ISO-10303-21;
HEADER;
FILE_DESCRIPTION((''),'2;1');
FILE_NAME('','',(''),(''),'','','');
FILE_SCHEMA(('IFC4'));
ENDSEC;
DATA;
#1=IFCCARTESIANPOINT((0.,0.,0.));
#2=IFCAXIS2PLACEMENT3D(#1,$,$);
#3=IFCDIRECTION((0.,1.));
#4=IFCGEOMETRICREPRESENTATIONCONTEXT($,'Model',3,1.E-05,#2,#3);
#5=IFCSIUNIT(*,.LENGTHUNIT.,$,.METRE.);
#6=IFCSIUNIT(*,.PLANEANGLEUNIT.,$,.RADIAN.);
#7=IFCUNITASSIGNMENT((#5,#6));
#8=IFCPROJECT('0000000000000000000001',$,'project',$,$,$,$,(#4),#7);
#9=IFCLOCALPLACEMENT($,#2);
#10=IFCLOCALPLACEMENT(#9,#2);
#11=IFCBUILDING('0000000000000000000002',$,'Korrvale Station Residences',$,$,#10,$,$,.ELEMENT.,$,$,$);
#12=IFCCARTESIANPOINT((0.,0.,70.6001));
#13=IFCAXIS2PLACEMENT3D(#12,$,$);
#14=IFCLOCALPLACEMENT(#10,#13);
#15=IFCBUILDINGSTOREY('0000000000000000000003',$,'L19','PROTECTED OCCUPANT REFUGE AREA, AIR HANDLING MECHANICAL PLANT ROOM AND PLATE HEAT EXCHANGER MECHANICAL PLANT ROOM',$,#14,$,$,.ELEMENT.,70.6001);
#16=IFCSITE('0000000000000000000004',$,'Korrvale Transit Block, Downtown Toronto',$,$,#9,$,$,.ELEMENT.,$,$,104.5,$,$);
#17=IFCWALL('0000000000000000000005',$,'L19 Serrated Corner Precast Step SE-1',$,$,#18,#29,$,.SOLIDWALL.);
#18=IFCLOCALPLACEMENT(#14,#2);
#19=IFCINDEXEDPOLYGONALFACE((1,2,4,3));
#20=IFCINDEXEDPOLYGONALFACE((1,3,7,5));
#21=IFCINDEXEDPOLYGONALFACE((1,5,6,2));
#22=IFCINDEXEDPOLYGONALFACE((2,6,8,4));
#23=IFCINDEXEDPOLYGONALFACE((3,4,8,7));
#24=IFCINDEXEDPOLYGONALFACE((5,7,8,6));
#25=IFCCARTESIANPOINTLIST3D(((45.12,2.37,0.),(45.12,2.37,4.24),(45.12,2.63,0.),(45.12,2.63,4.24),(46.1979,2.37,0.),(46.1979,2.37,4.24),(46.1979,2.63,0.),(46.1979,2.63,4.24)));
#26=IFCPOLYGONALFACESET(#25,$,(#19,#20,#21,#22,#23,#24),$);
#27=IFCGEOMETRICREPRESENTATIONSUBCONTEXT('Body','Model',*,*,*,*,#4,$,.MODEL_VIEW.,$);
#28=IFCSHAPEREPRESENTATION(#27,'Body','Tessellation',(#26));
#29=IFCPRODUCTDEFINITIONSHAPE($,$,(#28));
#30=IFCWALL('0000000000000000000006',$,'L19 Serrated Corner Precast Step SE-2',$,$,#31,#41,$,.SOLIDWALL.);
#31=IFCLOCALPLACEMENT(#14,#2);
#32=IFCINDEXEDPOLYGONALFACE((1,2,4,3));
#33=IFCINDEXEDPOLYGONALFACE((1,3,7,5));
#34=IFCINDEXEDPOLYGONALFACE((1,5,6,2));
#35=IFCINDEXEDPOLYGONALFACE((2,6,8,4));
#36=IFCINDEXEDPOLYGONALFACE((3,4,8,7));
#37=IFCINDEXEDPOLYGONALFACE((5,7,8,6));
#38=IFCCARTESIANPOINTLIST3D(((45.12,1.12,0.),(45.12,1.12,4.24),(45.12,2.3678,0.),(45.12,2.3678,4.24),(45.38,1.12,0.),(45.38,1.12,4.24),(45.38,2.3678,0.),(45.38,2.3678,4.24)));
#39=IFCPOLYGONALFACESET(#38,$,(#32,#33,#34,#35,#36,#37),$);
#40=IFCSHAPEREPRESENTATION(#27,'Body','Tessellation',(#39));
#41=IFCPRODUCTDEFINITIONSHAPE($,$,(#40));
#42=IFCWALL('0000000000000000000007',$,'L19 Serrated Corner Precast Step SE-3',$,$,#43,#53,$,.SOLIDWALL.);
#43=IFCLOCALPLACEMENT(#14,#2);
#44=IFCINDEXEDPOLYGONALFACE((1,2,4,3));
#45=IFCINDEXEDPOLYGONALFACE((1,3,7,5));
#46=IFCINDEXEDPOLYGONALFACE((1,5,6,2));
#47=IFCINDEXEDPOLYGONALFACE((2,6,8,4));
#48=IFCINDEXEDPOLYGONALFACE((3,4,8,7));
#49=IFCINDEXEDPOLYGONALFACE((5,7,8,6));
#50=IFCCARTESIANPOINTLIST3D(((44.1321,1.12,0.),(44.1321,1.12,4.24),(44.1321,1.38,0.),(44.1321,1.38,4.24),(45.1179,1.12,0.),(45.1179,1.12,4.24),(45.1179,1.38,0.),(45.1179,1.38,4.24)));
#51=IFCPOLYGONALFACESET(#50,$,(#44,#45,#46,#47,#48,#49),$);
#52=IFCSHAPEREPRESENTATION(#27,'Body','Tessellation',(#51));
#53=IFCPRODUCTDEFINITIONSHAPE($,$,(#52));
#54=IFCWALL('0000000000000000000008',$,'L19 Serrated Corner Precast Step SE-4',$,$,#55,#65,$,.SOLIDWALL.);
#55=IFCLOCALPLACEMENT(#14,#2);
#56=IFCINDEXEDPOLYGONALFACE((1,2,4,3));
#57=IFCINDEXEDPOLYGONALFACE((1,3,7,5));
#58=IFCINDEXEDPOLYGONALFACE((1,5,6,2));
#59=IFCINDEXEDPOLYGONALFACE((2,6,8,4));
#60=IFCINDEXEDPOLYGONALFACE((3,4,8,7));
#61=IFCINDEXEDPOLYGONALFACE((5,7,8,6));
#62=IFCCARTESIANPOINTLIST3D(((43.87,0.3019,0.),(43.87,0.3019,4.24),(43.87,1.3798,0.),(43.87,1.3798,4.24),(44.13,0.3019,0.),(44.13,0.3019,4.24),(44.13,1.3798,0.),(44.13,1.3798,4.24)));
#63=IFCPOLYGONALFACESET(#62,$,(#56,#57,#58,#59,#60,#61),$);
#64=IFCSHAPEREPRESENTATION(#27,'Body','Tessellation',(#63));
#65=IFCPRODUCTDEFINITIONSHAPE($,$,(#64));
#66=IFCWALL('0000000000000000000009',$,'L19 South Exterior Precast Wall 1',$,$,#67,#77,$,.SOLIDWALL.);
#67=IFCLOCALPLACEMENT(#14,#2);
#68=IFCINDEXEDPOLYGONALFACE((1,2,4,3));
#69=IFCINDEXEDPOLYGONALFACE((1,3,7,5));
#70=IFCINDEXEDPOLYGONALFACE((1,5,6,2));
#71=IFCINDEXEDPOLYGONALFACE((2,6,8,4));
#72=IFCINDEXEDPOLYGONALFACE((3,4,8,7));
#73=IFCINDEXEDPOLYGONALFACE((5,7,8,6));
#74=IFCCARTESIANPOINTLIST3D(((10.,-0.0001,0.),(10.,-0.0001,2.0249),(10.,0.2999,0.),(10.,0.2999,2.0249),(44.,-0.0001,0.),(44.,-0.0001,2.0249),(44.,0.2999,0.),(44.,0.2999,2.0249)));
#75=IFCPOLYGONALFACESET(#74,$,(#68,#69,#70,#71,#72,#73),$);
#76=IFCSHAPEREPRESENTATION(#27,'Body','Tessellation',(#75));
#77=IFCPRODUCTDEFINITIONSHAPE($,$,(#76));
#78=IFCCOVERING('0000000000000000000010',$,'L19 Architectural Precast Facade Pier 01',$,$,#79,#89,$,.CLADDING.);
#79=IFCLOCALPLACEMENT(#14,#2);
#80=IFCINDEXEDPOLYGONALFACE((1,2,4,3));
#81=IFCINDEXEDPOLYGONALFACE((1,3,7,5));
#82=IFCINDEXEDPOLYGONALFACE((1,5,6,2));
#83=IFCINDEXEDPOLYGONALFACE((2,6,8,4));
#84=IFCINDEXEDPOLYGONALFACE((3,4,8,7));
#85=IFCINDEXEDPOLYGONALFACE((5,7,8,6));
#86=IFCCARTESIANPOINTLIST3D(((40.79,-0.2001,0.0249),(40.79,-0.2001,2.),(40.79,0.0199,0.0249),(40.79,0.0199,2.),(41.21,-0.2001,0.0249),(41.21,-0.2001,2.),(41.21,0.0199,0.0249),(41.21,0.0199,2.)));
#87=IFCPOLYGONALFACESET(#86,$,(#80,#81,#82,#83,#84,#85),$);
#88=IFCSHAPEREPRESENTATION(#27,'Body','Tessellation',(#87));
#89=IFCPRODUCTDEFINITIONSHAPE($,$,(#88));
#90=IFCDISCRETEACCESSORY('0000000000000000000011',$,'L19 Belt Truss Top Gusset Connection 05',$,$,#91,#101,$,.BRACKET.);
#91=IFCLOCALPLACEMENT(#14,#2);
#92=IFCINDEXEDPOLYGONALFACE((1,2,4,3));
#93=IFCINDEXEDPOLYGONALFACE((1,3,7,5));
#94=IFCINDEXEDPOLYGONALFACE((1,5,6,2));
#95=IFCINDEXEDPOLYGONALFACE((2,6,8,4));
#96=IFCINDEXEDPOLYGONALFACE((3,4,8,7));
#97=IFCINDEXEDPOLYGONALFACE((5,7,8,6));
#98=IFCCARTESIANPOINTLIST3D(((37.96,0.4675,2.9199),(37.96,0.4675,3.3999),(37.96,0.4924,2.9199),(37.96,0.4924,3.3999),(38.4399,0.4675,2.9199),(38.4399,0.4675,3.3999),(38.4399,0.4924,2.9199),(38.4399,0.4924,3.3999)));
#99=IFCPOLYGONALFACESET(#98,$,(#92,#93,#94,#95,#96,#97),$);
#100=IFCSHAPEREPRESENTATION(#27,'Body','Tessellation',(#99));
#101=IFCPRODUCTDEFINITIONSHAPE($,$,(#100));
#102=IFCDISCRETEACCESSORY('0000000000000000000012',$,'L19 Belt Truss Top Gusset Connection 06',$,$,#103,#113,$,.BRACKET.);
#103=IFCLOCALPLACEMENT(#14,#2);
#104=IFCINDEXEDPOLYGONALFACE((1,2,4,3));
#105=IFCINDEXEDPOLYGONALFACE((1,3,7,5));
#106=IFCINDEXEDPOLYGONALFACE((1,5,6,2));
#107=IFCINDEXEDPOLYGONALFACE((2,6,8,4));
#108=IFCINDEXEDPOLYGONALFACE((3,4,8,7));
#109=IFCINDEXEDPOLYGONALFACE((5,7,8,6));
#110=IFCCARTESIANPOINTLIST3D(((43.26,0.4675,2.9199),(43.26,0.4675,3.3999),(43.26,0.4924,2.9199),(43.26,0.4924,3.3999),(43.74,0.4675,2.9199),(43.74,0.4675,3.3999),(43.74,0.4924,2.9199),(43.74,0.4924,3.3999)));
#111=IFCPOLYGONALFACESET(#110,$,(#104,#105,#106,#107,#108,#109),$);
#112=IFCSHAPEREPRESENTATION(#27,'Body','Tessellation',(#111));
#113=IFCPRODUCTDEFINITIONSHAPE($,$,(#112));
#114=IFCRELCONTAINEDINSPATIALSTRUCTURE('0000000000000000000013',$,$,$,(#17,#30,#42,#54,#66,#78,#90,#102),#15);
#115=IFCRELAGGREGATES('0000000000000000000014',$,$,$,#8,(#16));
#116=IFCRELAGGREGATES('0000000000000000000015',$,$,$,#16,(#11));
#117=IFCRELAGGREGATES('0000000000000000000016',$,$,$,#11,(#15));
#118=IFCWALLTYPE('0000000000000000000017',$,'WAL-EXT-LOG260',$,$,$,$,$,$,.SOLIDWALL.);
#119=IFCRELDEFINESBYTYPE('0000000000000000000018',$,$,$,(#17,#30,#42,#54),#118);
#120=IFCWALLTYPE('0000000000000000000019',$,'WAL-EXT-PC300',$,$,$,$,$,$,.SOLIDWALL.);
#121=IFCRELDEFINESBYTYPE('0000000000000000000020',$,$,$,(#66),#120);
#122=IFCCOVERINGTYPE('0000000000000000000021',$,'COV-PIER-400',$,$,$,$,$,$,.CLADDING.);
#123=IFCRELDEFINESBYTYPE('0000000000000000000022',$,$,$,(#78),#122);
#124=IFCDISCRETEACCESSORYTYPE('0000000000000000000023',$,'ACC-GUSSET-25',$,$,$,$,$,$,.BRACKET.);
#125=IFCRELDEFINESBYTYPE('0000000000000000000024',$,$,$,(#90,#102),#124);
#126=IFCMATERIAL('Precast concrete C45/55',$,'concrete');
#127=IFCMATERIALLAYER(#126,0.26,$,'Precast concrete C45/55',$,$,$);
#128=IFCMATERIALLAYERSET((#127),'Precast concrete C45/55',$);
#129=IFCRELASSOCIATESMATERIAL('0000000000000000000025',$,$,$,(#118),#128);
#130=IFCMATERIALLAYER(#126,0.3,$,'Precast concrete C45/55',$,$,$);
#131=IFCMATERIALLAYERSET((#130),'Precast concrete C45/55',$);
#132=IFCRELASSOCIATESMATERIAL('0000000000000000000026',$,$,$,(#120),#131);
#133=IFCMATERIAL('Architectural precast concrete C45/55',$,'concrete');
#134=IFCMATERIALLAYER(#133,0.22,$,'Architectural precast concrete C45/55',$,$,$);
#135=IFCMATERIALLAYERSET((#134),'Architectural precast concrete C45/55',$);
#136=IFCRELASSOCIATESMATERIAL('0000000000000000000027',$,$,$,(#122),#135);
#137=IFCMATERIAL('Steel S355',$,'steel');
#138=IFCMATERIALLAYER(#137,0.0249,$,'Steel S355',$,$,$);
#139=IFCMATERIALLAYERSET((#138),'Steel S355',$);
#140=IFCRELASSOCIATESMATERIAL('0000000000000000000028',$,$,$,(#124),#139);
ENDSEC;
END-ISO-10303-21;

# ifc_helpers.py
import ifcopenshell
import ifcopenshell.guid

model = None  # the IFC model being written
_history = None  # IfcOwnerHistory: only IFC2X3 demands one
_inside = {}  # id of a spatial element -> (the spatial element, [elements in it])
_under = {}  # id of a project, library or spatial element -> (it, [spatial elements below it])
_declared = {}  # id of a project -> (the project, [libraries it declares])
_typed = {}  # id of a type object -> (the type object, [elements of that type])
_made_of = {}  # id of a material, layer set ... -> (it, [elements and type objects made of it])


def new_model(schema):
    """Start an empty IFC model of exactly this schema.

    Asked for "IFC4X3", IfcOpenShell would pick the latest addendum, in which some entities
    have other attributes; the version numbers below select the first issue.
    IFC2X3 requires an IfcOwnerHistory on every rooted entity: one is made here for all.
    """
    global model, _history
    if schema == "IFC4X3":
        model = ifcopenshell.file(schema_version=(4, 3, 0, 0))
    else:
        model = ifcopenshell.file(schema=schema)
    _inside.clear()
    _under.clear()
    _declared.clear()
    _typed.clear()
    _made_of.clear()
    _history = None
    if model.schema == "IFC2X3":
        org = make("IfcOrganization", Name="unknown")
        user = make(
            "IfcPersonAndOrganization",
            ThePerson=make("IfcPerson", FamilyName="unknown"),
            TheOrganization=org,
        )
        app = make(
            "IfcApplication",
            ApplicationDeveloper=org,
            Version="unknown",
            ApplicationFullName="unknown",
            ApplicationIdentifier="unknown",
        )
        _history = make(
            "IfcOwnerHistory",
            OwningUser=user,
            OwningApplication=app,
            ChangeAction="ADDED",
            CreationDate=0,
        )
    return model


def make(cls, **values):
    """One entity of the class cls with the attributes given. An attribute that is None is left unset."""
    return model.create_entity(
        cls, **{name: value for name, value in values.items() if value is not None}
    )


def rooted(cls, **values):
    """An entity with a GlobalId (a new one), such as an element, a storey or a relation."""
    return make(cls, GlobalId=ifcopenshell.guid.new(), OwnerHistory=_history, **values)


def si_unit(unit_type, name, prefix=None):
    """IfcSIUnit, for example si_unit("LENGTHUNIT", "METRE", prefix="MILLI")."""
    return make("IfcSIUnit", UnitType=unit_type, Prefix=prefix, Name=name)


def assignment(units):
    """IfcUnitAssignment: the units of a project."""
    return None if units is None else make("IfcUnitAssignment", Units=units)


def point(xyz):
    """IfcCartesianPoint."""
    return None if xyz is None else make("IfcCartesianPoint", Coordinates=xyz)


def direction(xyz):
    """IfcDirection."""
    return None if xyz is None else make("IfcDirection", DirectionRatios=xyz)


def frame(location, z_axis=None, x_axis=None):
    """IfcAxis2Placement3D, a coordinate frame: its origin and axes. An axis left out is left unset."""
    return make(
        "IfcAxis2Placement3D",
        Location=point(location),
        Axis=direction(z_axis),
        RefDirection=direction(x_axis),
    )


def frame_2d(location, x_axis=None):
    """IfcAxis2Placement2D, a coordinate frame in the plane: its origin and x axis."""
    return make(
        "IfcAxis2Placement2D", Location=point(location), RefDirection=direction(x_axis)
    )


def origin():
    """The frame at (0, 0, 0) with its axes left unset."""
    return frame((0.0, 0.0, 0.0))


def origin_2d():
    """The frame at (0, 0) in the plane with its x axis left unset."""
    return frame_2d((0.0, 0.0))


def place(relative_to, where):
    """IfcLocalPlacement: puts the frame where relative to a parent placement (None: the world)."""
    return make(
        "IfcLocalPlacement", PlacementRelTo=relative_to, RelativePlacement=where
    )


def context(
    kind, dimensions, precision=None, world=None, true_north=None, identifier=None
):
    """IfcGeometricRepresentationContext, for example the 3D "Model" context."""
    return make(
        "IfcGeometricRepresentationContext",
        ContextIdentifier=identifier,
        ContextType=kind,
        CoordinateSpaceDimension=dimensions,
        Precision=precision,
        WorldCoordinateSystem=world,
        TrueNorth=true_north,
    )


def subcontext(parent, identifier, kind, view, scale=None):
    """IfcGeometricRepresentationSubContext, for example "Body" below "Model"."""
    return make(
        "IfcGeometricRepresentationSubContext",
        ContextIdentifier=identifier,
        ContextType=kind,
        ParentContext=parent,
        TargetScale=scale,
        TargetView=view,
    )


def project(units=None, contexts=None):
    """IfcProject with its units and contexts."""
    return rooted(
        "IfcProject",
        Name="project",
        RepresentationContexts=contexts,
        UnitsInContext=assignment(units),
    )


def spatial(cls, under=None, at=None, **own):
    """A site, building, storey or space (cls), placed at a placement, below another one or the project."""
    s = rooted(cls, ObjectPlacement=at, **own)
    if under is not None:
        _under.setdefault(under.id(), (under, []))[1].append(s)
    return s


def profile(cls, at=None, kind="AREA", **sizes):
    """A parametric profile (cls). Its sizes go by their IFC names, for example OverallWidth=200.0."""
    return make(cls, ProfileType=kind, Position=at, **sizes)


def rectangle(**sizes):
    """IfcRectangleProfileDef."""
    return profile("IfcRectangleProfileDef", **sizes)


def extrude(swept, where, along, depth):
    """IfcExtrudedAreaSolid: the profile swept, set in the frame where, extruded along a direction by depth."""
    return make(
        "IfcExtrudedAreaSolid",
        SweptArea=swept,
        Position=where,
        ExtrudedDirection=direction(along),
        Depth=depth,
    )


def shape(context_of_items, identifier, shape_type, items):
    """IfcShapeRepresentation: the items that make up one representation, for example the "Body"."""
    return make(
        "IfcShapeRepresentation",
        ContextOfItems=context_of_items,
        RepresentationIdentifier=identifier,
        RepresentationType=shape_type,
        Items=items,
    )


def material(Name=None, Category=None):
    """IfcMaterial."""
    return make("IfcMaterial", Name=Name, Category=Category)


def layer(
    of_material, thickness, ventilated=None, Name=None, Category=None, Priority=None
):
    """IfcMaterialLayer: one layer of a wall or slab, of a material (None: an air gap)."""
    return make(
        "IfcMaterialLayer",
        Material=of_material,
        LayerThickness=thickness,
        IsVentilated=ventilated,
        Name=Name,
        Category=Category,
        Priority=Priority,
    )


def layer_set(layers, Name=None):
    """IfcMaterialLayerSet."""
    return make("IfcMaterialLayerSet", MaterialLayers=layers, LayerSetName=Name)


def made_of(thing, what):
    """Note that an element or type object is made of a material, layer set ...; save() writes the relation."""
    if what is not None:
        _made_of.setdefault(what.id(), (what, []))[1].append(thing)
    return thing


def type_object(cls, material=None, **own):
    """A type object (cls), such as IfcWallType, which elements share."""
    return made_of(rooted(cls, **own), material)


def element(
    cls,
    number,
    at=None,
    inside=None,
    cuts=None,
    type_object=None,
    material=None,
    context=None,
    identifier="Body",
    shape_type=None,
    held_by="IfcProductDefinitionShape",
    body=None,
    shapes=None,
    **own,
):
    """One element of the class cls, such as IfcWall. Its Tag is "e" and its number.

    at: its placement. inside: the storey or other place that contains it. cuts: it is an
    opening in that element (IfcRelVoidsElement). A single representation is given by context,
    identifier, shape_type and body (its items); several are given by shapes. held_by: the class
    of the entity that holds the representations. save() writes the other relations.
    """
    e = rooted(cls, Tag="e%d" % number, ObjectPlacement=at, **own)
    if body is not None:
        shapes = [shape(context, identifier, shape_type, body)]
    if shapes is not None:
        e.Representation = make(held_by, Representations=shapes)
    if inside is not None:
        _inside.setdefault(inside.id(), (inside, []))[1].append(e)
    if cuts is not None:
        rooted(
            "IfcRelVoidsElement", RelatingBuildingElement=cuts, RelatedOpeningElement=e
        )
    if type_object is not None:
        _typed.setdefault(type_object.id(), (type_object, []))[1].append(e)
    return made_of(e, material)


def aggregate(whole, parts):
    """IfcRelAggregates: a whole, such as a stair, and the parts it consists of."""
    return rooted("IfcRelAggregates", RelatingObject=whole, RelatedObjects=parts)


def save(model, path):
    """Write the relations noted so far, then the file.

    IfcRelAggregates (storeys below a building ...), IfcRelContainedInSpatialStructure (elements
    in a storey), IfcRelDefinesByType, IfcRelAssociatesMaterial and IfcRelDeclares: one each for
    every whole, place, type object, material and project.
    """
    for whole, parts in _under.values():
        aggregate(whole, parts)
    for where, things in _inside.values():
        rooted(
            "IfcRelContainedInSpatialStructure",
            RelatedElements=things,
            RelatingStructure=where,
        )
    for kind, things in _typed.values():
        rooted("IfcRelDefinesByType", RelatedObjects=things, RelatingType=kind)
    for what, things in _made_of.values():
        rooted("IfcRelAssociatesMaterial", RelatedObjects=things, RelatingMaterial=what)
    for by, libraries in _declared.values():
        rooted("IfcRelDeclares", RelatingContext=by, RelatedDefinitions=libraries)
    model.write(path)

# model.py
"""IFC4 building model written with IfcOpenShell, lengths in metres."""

from ifc_helpers import new_model, si_unit, direction, frame, frame_2d, origin, origin_2d, place, context, subcontext, project, spatial, rectangle, extrude, material, layer, layer_set, type_object, element, save


model = new_model("IFC4")

# Units and contexts
model_context = context("Model", 3, precision=1e-05, world=origin(), true_north=direction((0.0, 1.0)))
body_context = subcontext(model_context, "Body", "Model", "MODEL_VIEW")
ifc_project = project(units=[si_unit("LENGTHUNIT", "METRE"), si_unit("PLANEANGLEUNIT", "RADIAN")], contexts=[model_context])

# Site, building, storey
site_placement = place(None, origin())
site = spatial("IfcSite", under=ifc_project, at=site_placement, Name="Korrvale Transit Block, Downtown Toronto", CompositionType="ELEMENT", RefElevation=104.5)
building_placement = place(site_placement, origin())
building = spatial("IfcBuilding", under=site, at=building_placement, Name="Korrvale Station Residences", CompositionType="ELEMENT")
storey_placement = place(building_placement, frame((0.0, 0.0, 70.6001)))
storey = spatial("IfcBuildingStorey", under=building, at=storey_placement, Name="L19", Description="PROTECTED OCCUPANT REFUGE AREA, AIR HANDLING MECHANICAL PLANT ROOM AND PLATE HEAT EXCHANGER MECHANICAL PLANT ROOM", CompositionType="ELEMENT", Elevation=70.6001)

# Shared definitions
ifc_material_1 = material(Name="Steel S355", Category="steel")

# Walls
ifc_material_2 = material(Name="Precast concrete C45/55", Category="concrete")
ifc_layer_1 = layer(ifc_material_2, 0.26, Name="Precast concrete C45/55")
ifc_layer_set_1 = layer_set([ifc_layer_1], Name="Precast concrete C45/55")
wall_type_1 = type_object("IfcWallType", Name="WAL-EXT-LOG260", PredefinedType="SOLIDWALL", material=ifc_layer_set_1)
wall_1_placement = place(storey_placement, frame((46.198, 2.5, 0.0), z_axis=(0.0, 0.0, 1.0), x_axis=(-1.0, 0.0, 0.0)))
element("IfcWall", 1, at=wall_1_placement, inside=storey, type_object=wall_type_1, Name="L19 Serrated Corner Precast Step SE-1", PredefinedType="SOLIDWALL", context=body_context, shape_type="SweptSolid", body=[
    extrude(rectangle(XDim=1.0779, YDim=0.26, at=frame_2d((0.5391, 0.0))), origin(), (0.0, 0.0, 1.0), 4.24),
])
wall_2_placement = place(storey_placement, frame((45.25, 2.3679, 0.0), z_axis=(0.0, 0.0, 1.0), x_axis=(0.0, -1.0, 0.0)))
element("IfcWall", 2, at=wall_2_placement, inside=storey, type_object=wall_type_1, Name="L19 Serrated Corner Precast Step SE-2", PredefinedType="SOLIDWALL", context=body_context, shape_type="SweptSolid", body=[
    extrude(rectangle(XDim=1.2478, YDim=0.26, at=frame_2d((0.624, 0.0))), origin(), (0.0, 0.0, 1.0), 4.24),
])
wall_3_placement = place(storey_placement, frame((45.1179, 1.25, 0.0), z_axis=(0.0, 0.0, 1.0), x_axis=(-1.0, 0.0, 0.0)))
element("IfcWall", 3, at=wall_3_placement, inside=storey, type_object=wall_type_1, Name="L19 Serrated Corner Precast Step SE-3", PredefinedType="SOLIDWALL", context=body_context, shape_type="SweptSolid", body=[
    extrude(rectangle(XDim=0.9858, YDim=0.26, at=frame_2d((0.4929, 0.0))), origin(), (0.0, 0.0, 1.0), 4.24),
])
wall_4_placement = place(storey_placement, frame((44.0, 1.3799, 0.0), z_axis=(0.0, 0.0, 1.0), x_axis=(0.0, -1.0, 0.0)))
element("IfcWall", 4, at=wall_4_placement, inside=storey, type_object=wall_type_1, Name="L19 Serrated Corner Precast Step SE-4", PredefinedType="SOLIDWALL", context=body_context, shape_type="SweptSolid", body=[
    extrude(rectangle(XDim=1.0779, YDim=0.26, at=frame_2d((0.5391, 0.0))), origin(), (0.0, 0.0, 1.0), 4.24),
])
ifc_layer_2 = layer(ifc_material_2, 0.3, Name="Precast concrete C45/55")
ifc_layer_set_2 = layer_set([ifc_layer_2], Name="Precast concrete C45/55")
wall_type_2 = type_object("IfcWallType", Name="WAL-EXT-PC300", PredefinedType="SOLIDWALL", material=ifc_layer_set_2)
wall_5_placement = place(storey_placement, frame((44.0, 0.1499, 0.0), z_axis=(0.0, 0.0, 1.0), x_axis=(-1.0, 0.0, 0.0)))
element("IfcWall", 5, at=wall_5_placement, inside=storey, type_object=wall_type_2, Name="L19 South Exterior Precast Wall 1", PredefinedType="SOLIDWALL", context=body_context, shape_type="SweptSolid", body=[
    extrude(rectangle(XDim=34.0, YDim=0.3, at=frame_2d((17.0, 0.0))), origin(), (0.0, 0.0, 1.0), 2.0249),
])

# Covering
ifc_material_3 = material(Name="Architectural precast concrete C45/55", Category="concrete")
ifc_layer_3 = layer(ifc_material_3, 0.22, Name="Architectural precast concrete C45/55")
ifc_layer_set_3 = layer_set([ifc_layer_3], Name="Architectural precast concrete C45/55")
covering_type = type_object("IfcCoveringType", Name="COV-PIER-400", PredefinedType="CLADDING", material=ifc_layer_set_3)
covering_placement = place(storey_placement, frame((41.0, -0.0901, 0.0249), z_axis=(0.0, 0.0, 1.0), x_axis=(1.0, 0.0, 0.0)))
element("IfcCovering", 6, at=covering_placement, inside=storey, type_object=covering_type, Name="L19 Architectural Precast Facade Pier 01", PredefinedType="CLADDING", context=body_context, shape_type="SweptSolid", body=[
    extrude(rectangle(XDim=0.4199, YDim=0.22, at=origin_2d()), origin(), (0.0, 0.0, 1.0), 1.9751),
])

# Discrete accessories
ifc_layer_4 = layer(ifc_material_1, 0.0249, Name="Steel S355")
ifc_layer_set_4 = layer_set([ifc_layer_4], Name="Steel S355")
discrete_accessory_type = type_object("IfcDiscreteAccessoryType", Name="ACC-GUSSET-25", PredefinedType="BRACKET", material=ifc_layer_set_4)
for number, where, z_axis, x_axis, name in (
    (7, (38.2, 0.48, 2.9199), (0.0, 0.0, 1.0), (1.0, 0.0, 0.0), "L19 Belt Truss Top Gusset Connection 05"),
    (8, (43.5, 0.48, 2.9199), (0.0, 0.0, 1.0), (1.0, 0.0, 0.0), "L19 Belt Truss Top Gusset Connection 06"),
):
    element("IfcDiscreteAccessory", number, at=place(storey_placement, frame(where, z_axis=z_axis, x_axis=x_axis)), inside=storey, type_object=discrete_accessory_type, Name=name, PredefinedType="BRACKET", context=body_context, shape_type="SweptSolid", body=[
        extrude(rectangle(XDim=0.48, YDim=0.0249, at=origin_2d()), origin(), (0.0, 0.0, 1.0), 0.48),
    ])

save(model, "model.ifc")
